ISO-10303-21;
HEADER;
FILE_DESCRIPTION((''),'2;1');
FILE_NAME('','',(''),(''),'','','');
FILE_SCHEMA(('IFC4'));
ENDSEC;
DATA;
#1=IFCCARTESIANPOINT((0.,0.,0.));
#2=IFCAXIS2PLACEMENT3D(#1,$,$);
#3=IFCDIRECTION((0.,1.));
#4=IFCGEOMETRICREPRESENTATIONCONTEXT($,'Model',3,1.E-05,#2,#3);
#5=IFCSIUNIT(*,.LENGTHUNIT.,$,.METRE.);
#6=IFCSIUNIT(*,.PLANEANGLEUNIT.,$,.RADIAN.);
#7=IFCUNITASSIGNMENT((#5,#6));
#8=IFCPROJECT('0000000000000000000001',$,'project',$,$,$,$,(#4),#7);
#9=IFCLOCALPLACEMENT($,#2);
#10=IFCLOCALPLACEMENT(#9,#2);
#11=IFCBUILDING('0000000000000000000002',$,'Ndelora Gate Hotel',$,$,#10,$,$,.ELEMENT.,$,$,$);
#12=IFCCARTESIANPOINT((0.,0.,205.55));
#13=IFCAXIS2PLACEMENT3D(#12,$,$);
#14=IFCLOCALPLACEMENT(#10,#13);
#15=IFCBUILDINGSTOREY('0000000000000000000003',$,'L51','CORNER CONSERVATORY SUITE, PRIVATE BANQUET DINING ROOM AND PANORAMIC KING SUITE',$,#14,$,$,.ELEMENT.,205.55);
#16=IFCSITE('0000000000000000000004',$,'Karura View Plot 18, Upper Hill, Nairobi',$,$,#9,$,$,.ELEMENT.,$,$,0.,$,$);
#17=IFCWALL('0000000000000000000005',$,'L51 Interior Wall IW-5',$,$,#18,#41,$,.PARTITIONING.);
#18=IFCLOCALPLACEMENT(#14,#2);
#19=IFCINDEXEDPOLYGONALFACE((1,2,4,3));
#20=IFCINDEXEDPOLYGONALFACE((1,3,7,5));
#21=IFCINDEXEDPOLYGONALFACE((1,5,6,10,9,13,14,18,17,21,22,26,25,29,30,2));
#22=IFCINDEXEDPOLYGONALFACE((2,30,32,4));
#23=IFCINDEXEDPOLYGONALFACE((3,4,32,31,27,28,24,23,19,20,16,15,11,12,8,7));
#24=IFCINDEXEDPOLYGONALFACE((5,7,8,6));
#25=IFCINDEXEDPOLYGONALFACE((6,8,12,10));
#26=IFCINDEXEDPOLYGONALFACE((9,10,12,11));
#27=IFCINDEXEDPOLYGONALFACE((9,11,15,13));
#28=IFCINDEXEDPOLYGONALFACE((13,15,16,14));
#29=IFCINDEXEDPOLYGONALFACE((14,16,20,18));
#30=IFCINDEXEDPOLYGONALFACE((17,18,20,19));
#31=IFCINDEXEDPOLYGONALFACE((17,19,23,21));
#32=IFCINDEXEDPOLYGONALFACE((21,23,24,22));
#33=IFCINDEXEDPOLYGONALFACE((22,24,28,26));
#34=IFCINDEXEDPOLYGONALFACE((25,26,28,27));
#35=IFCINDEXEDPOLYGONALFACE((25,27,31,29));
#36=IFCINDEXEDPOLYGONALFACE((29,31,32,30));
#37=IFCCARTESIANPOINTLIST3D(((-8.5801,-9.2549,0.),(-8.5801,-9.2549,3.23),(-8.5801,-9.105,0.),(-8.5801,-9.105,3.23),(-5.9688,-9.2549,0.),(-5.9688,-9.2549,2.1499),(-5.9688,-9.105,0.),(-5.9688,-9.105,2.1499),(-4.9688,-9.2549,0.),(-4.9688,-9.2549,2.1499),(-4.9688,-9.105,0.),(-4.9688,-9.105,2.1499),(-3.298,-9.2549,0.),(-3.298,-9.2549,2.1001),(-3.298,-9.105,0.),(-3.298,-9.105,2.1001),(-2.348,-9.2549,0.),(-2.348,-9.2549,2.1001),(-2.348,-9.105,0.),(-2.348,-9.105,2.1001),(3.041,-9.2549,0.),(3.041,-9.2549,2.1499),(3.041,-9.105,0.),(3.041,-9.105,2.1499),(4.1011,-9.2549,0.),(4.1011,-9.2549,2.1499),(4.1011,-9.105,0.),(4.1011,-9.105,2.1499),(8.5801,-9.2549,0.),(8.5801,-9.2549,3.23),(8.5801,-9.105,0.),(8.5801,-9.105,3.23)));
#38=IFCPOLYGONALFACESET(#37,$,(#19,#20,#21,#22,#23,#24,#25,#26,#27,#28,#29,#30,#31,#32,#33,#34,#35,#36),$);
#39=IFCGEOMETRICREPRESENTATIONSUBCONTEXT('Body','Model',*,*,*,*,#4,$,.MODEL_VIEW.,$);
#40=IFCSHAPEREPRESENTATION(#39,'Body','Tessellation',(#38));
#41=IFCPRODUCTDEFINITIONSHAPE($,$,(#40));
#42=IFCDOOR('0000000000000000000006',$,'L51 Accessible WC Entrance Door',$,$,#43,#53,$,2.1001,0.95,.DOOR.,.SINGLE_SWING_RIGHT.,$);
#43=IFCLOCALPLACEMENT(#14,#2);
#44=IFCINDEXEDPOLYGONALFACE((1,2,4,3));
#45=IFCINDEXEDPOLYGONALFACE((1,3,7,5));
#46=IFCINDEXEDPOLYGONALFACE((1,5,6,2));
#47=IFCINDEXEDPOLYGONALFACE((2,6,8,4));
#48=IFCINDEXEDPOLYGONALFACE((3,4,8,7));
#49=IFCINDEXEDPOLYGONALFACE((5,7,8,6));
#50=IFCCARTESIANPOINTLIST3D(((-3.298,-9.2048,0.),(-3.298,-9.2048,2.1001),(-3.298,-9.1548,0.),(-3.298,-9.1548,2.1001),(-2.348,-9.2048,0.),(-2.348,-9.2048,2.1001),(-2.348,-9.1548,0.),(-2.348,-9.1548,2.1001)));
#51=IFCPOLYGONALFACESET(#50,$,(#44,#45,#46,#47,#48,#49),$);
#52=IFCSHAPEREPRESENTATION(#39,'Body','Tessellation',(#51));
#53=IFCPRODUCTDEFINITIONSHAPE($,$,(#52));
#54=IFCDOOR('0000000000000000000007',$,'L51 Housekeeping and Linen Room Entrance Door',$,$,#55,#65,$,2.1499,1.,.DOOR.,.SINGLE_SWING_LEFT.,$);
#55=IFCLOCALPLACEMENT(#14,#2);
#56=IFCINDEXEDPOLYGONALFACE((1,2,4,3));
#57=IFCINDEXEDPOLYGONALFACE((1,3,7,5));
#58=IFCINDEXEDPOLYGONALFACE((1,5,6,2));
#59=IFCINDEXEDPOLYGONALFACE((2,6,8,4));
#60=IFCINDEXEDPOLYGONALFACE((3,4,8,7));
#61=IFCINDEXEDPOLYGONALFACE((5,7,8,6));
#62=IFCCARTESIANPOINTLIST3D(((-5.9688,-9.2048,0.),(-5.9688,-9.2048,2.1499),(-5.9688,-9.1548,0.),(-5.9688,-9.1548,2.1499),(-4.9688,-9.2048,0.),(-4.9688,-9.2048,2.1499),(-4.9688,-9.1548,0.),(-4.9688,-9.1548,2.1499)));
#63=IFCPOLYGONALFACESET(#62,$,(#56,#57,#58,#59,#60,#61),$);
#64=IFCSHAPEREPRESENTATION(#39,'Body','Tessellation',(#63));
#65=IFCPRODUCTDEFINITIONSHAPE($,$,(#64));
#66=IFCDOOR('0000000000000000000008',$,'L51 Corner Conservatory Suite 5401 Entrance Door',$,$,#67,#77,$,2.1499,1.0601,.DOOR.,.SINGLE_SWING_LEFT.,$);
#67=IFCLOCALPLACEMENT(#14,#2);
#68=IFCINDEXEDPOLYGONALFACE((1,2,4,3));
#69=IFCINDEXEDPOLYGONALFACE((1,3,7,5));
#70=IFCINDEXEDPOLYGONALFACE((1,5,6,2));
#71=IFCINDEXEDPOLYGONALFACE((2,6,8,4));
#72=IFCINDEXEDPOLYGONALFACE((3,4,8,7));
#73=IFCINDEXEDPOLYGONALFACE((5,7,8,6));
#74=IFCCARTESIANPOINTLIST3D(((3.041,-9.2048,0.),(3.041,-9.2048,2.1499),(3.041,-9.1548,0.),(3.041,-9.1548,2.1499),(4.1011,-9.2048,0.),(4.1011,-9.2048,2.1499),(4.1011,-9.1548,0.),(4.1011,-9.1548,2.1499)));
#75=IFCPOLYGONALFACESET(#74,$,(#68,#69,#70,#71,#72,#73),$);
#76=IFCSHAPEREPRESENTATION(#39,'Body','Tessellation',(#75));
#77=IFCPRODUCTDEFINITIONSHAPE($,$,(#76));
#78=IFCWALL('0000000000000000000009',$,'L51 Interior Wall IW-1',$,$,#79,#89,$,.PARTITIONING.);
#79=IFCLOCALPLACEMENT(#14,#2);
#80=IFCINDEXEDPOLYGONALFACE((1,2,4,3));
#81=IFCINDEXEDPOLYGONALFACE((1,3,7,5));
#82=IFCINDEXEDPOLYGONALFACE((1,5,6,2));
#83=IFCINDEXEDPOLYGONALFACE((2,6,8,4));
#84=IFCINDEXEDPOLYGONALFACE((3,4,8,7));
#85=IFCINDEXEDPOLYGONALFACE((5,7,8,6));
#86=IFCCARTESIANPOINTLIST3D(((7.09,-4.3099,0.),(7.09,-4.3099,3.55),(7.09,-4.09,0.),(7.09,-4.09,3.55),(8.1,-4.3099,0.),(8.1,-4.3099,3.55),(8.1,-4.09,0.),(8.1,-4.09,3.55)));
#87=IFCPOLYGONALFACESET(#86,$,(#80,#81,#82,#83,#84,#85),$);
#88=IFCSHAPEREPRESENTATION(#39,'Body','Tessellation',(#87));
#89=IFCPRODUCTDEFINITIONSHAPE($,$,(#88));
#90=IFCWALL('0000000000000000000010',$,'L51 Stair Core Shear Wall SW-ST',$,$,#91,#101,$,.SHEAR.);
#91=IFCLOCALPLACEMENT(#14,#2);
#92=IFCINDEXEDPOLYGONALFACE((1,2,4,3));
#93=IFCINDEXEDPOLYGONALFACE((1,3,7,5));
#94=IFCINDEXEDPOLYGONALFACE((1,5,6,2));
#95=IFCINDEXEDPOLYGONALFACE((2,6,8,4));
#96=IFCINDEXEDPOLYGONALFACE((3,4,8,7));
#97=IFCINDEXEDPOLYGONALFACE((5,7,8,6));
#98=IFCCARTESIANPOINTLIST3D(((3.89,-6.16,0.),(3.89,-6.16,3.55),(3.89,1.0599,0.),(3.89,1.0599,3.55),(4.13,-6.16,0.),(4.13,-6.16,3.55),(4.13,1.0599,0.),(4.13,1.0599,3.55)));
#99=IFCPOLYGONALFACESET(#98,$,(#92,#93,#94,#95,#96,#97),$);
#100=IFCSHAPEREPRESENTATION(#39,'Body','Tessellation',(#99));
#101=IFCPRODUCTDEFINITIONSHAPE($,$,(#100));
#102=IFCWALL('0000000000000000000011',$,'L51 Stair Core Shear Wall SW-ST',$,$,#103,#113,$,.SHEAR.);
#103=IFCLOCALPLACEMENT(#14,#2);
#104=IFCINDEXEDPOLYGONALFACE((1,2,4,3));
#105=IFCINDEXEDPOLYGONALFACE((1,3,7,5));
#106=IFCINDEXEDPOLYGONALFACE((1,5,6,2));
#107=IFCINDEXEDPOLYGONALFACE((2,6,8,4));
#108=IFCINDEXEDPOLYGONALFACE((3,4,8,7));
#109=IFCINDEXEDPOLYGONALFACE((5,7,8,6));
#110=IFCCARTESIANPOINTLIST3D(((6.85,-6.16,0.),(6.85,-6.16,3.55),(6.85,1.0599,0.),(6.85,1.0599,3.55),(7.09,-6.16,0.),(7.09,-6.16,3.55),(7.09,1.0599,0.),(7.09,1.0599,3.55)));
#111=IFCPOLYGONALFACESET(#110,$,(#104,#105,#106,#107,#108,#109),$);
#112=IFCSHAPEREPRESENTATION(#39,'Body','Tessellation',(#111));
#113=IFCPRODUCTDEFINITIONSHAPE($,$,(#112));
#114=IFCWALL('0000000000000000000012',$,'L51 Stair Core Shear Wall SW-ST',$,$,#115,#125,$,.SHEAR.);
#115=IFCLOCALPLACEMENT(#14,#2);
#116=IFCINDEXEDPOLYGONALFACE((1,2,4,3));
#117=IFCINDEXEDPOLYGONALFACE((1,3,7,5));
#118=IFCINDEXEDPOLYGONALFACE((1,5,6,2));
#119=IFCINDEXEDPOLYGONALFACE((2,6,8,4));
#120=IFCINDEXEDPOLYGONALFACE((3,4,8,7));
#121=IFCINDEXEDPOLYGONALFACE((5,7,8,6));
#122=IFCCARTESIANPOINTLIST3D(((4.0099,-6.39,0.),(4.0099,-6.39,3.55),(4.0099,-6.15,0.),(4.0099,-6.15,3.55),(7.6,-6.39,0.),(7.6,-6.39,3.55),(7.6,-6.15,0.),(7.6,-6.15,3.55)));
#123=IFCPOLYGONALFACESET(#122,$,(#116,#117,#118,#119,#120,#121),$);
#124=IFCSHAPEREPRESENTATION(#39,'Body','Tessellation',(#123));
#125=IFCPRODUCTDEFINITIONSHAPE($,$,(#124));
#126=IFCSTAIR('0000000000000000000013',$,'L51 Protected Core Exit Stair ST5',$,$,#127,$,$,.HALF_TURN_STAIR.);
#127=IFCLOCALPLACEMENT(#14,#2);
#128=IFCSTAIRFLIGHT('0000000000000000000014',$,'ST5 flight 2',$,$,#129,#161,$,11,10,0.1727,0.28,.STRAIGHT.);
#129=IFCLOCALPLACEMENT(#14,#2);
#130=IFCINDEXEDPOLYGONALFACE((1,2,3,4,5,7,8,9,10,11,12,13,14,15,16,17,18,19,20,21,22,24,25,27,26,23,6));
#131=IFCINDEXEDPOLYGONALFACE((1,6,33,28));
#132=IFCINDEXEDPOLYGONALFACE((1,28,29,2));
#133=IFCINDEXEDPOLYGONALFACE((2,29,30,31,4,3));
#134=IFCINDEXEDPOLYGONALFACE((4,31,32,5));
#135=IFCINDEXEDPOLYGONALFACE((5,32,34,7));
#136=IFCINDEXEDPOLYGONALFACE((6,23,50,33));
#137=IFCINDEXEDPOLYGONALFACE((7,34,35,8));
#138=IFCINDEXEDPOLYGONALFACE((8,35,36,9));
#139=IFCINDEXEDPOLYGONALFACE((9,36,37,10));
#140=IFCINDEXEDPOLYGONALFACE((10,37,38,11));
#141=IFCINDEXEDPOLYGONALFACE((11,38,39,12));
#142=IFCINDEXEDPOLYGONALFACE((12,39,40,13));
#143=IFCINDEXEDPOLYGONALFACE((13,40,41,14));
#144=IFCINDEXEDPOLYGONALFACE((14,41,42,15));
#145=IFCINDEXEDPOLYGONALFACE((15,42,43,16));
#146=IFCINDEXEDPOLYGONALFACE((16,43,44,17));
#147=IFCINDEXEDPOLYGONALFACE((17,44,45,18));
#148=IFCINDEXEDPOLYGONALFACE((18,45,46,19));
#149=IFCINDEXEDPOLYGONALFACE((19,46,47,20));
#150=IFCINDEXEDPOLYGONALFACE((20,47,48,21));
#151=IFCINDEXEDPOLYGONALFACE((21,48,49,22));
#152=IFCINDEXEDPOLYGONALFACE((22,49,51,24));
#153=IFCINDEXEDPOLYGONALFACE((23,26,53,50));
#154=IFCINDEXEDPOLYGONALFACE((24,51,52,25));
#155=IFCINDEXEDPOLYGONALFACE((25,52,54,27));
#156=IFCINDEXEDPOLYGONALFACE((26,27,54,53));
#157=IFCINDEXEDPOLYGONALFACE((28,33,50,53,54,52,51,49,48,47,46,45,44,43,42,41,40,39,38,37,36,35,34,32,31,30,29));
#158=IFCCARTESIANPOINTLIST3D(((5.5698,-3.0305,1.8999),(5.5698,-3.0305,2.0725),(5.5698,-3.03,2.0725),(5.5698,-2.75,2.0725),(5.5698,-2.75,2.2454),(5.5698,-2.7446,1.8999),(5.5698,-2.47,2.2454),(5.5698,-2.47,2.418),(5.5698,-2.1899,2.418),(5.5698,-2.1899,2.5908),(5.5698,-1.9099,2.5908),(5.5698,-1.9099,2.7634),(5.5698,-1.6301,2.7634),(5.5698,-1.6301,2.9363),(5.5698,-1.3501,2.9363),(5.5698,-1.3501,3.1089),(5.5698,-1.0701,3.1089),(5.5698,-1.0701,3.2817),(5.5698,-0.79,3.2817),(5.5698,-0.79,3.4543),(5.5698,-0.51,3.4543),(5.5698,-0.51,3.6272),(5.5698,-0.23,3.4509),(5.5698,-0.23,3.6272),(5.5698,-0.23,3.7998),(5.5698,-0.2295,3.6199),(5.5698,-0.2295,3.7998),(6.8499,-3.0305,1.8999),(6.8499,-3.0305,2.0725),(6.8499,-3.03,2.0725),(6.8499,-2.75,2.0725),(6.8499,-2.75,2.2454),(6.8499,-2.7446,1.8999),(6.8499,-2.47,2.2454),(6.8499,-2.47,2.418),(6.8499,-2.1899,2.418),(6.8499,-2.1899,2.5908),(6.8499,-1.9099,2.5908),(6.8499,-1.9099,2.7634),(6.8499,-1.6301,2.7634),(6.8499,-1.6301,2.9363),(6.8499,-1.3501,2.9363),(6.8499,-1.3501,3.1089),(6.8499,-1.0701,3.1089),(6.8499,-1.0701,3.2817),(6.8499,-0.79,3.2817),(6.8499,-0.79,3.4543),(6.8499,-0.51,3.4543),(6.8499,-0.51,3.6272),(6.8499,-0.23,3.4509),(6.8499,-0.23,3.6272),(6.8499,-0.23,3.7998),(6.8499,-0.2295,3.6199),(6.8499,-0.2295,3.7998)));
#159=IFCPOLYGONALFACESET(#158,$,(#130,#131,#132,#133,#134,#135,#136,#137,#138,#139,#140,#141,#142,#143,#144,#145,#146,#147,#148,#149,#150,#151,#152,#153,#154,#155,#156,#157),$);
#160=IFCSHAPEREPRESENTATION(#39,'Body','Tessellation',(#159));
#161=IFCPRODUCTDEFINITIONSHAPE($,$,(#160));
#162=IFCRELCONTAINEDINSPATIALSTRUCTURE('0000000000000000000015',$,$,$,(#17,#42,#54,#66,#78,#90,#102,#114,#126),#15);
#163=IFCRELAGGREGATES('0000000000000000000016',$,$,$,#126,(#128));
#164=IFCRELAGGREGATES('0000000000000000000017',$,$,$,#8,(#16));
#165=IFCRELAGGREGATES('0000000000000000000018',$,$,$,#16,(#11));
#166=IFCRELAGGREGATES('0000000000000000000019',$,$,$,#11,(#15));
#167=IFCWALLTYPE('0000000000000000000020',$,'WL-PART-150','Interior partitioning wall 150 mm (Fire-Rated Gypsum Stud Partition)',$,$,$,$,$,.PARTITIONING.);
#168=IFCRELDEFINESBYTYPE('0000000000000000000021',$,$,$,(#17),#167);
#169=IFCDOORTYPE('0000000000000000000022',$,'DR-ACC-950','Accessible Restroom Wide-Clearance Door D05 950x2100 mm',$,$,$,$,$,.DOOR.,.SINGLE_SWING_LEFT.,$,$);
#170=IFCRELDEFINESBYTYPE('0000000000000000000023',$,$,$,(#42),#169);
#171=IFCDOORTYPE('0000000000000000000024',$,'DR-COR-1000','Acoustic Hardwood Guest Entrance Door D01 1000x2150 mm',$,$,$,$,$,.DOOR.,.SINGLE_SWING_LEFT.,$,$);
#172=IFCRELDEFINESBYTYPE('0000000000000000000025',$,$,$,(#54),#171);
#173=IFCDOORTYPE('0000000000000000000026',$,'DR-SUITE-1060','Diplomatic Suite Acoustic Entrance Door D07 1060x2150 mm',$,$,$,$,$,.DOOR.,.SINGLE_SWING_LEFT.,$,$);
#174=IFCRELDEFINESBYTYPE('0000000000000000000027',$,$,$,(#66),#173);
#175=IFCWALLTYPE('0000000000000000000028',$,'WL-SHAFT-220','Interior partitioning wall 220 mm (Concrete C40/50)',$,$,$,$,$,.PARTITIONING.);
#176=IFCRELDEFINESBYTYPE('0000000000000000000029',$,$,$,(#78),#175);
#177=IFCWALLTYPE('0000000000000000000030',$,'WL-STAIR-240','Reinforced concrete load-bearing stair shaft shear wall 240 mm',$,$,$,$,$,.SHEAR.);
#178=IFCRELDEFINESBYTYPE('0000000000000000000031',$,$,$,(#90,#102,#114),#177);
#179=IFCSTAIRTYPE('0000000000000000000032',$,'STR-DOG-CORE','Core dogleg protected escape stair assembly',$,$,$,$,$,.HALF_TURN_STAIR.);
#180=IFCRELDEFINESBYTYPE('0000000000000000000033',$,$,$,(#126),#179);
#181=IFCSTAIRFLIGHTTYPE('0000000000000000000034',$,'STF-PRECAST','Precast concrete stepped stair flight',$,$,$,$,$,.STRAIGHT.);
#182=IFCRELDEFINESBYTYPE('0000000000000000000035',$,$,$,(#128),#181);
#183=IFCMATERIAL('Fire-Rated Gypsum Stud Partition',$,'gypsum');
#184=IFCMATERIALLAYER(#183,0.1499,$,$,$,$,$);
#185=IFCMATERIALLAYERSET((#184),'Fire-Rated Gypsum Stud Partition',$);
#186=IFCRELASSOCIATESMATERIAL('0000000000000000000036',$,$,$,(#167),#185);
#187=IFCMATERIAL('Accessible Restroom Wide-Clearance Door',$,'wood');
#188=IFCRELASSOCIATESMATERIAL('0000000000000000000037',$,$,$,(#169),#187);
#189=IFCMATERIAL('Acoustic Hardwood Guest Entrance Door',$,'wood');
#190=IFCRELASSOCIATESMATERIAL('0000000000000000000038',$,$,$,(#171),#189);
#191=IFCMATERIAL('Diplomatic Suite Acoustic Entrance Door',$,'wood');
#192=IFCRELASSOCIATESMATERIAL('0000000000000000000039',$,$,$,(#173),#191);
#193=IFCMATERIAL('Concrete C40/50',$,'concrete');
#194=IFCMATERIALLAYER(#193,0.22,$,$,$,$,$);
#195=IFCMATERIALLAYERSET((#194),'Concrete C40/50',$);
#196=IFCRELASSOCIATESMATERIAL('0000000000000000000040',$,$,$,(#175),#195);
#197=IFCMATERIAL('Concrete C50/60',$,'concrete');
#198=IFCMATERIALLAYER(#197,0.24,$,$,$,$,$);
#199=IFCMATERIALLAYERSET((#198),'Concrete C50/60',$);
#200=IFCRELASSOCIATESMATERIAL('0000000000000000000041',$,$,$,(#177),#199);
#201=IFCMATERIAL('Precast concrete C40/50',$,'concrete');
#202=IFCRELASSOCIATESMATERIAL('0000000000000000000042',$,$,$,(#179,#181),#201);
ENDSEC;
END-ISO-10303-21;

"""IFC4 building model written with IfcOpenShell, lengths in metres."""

from ifc_helpers import new_model, si_unit, direction, frame, frame_2d, origin, place, context, subcontext, project, spatial, polyline, rectangle, outline, extrude, material, layer, layer_set, type_object, element, fill, aggregate, save


model = new_model("IFC4")

# Units and contexts
model_context = context("Model", 3, precision=1e-05, world=origin(), true_north=direction((0.0, 1.0)))
body_context = subcontext(model_context, "Body", "Model", "MODEL_VIEW")
ifc_project = project(units=[si_unit("LENGTHUNIT", "METRE"), si_unit("PLANEANGLEUNIT", "RADIAN")], contexts=[model_context])

# Site, building, storey
site_placement = place(None, origin())
site = spatial("IfcSite", under=ifc_project, at=site_placement, Name="Karura View Plot 18, Upper Hill, Nairobi", CompositionType="ELEMENT", RefElevation=0.0)
building_placement = place(site_placement, origin())
building = spatial("IfcBuilding", under=site, at=building_placement, Name="Ndelora Gate Hotel", CompositionType="ELEMENT")
storey_placement = place(building_placement, frame((0.0, 0.0, 205.55)))
storey = spatial("IfcBuildingStorey", under=building, at=storey_placement, Name="L51", Description="CORNER CONSERVATORY SUITE, PRIVATE BANQUET DINING ROOM AND PANORAMIC KING SUITE", CompositionType="ELEMENT", Elevation=205.55)

# Shared definitions
ifc_material_1 = material(Name="Concrete C50/60", Category="concrete")

# Wall, openings, doors
ifc_material_2 = material(Name="Fire-Rated Gypsum Stud Partition", Category="gypsum")
ifc_layer_1 = layer(ifc_material_2, 0.1499)
ifc_layer_set_1 = layer_set([ifc_layer_1], Name="Fire-Rated Gypsum Stud Partition")
wall_type_1 = type_object("IfcWallType", Name="WL-PART-150", Description="Interior partitioning wall 150 mm (Fire-Rated Gypsum Stud Partition)", PredefinedType="PARTITIONING", material=ifc_layer_set_1)
wall_1_placement = place(storey_placement, frame((8.5801, -9.1799, 0.0), z_axis=(0.0, 0.0, 1.0), x_axis=(-1.0, 0.0, 0.0)))
wall_1 = element("IfcWall", 1, at=wall_1_placement, inside=storey, type_object=wall_type_1, Name="L51 Interior Wall IW-5", PredefinedType="PARTITIONING", context=body_context, shape_type="SweptSolid", body=[
    extrude(rectangle(XDim=17.1602, YDim=0.1499, at=frame_2d((8.5801, 0.0))), origin(), (0.0, 0.0, 1.0), 3.23),
])
opening_1_placement = place(wall_1_placement, frame((10.928, 0.0, 0.0)))
opening_1 = element("IfcOpeningElement", 2, at=opening_1_placement, cuts=wall_1, PredefinedType="OPENING", context=body_context, shape_type="SweptSolid", body=[
    extrude(rectangle(XDim=0.95, YDim=2.1001, at=frame_2d((0.4751, 1.05))), frame((0.0, 0.085, 0.0), z_axis=(0.0, -1.0, 0.0), x_axis=(1.0, 0.0, 0.0)), (0.0, 0.0, 1.0), 0.1699),
])
opening_2_placement = place(wall_1_placement, frame((13.5488, 0.0, 0.0)))
opening_2 = element("IfcOpeningElement", 3, at=opening_2_placement, cuts=wall_1, PredefinedType="OPENING", context=body_context, shape_type="SweptSolid", body=[
    extrude(rectangle(XDim=1.0, YDim=2.1499, at=frame_2d((0.5, 1.075))), frame((0.0, 0.085, 0.0), z_axis=(0.0, -1.0, 0.0), x_axis=(1.0, 0.0, 0.0)), (0.0, 0.0, 1.0), 0.1699),
])
opening_3_placement = place(wall_1_placement, frame((4.479, 0.0, 0.0)))
opening_3 = element("IfcOpeningElement", 4, at=opening_3_placement, cuts=wall_1, PredefinedType="OPENING", context=body_context, shape_type="SweptSolid", body=[
    extrude(rectangle(XDim=1.0601, YDim=2.1499, at=frame_2d((0.53, 1.075))), frame((0.0, 0.085, 0.0), z_axis=(0.0, -1.0, 0.0), x_axis=(1.0, 0.0, 0.0)), (0.0, 0.0, 1.0), 0.1699),
])
ifc_material_3 = material(Name="Accessible Restroom Wide-Clearance Door", Category="wood")
door_type_1 = type_object("IfcDoorType", Name="DR-ACC-950", Description="Accessible Restroom Wide-Clearance Door D05 950x2100 mm", OperationType="SINGLE_SWING_LEFT", PredefinedType="DOOR", material=ifc_material_3)
door_1_placement = place(opening_1_placement, origin())
door_1 = element("IfcDoor", 5, at=door_1_placement, inside=storey, type_object=door_type_1, Name="L51 Accessible WC Entrance Door", OperationType="SINGLE_SWING_RIGHT", OverallHeight=2.1001, OverallWidth=0.95, PredefinedType="DOOR", context=body_context, shape_type="SweptSolid", body=[
    extrude(rectangle(XDim=0.95, YDim=2.1001, at=frame_2d((0.4751, 1.05))), frame((0.0, 0.0249, 0.0), z_axis=(0.0, -1.0, 0.0), x_axis=(1.0, 0.0, 0.0)), (0.0, 0.0, 1.0), 0.05),
])
fill(opening_1, door_1)
ifc_material_4 = material(Name="Acoustic Hardwood Guest Entrance Door", Category="wood")
door_type_2 = type_object("IfcDoorType", Name="DR-COR-1000", Description="Acoustic Hardwood Guest Entrance Door D01 1000x2150 mm", OperationType="SINGLE_SWING_LEFT", PredefinedType="DOOR", material=ifc_material_4)
door_2_placement = place(opening_2_placement, origin())
door_2 = element("IfcDoor", 6, at=door_2_placement, inside=storey, type_object=door_type_2, Name="L51 Housekeeping and Linen Room Entrance Door", OperationType="SINGLE_SWING_LEFT", OverallHeight=2.1499, OverallWidth=1.0, PredefinedType="DOOR", context=body_context, shape_type="SweptSolid", body=[
    extrude(rectangle(XDim=1.0, YDim=2.1499, at=frame_2d((0.5, 1.075))), frame((0.0, 0.0249, 0.0), z_axis=(0.0, -1.0, 0.0), x_axis=(1.0, 0.0, 0.0)), (0.0, 0.0, 1.0), 0.05),
])
fill(opening_2, door_2)
ifc_material_5 = material(Name="Diplomatic Suite Acoustic Entrance Door", Category="wood")
door_type_3 = type_object("IfcDoorType", Name="DR-SUITE-1060", Description="Diplomatic Suite Acoustic Entrance Door D07 1060x2150 mm", OperationType="SINGLE_SWING_LEFT", PredefinedType="DOOR", material=ifc_material_5)
door_3_placement = place(opening_3_placement, origin())
door_3 = element("IfcDoor", 7, at=door_3_placement, inside=storey, type_object=door_type_3, Name="L51 Corner Conservatory Suite 5401 Entrance Door", OperationType="SINGLE_SWING_LEFT", OverallHeight=2.1499, OverallWidth=1.0601, PredefinedType="DOOR", context=body_context, shape_type="SweptSolid", body=[
    extrude(rectangle(XDim=1.0601, YDim=2.1499, at=frame_2d((0.53, 1.075))), frame((0.0, 0.0249, 0.0), z_axis=(0.0, -1.0, 0.0), x_axis=(1.0, 0.0, 0.0)), (0.0, 0.0, 1.0), 0.05),
])
fill(opening_3, door_3)

# Walls
ifc_material_6 = material(Name="Concrete C40/50", Category="concrete")
ifc_layer_2 = layer(ifc_material_6, 0.22)
ifc_layer_set_2 = layer_set([ifc_layer_2], Name="Concrete C40/50")
wall_type_2 = type_object("IfcWallType", Name="WL-SHAFT-220", Description="Interior partitioning wall 220 mm (Concrete C40/50)", PredefinedType="PARTITIONING", material=ifc_layer_set_2)
wall_2_placement = place(storey_placement, frame((7.0901, -4.2, 0.0), z_axis=(0.0, 0.0, 1.0), x_axis=(1.0, 0.0, 0.0)))
element("IfcWall", 8, at=wall_2_placement, inside=storey, type_object=wall_type_2, Name="L51 Interior Wall IW-1", PredefinedType="PARTITIONING", context=body_context, shape_type="SweptSolid", body=[
    extrude(rectangle(XDim=1.01, YDim=0.22, at=frame_2d((0.5049, 0.0))), origin(), (0.0, 0.0, 1.0), 3.55),
])
ifc_layer_3 = layer(ifc_material_1, 0.24)
ifc_layer_set_3 = layer_set([ifc_layer_3], Name="Concrete C50/60")
wall_type_3 = type_object("IfcWallType", Name="WL-STAIR-240", Description="Reinforced concrete load-bearing stair shaft shear wall 240 mm", PredefinedType="SHEAR", material=ifc_layer_set_3)
for number, where, z_axis, x_axis, name in (
    (9, (4.01, -6.1599, 0.0), (0.0, 0.0, 1.0), (0.0, 1.0, 0.0), "L51 Stair Core Shear Wall SW-ST"),
    (10, (6.97, -6.1599, 0.0), (0.0, 0.0, 1.0), (0.0, 1.0, 0.0), "L51 Stair Core Shear Wall SW-ST"),
):
    element("IfcWall", number, at=place(storey_placement, frame(where, z_axis=z_axis, x_axis=x_axis)), inside=storey, type_object=wall_type_3, Name=name, PredefinedType="SHEAR", context=body_context, shape_type="SweptSolid", body=[
        extrude(rectangle(XDim=7.22, YDim=0.24, at=frame_2d((3.6099, 0.0))), origin(), (0.0, 0.0, 1.0), 3.55),
    ])
wall_3_placement = place(storey_placement, frame((4.01, -6.27, 0.0), z_axis=(0.0, 0.0, 1.0), x_axis=(1.0, 0.0, 0.0)))
element("IfcWall", 11, at=wall_3_placement, inside=storey, type_object=wall_type_3, Name="L51 Stair Core Shear Wall SW-ST", PredefinedType="SHEAR", context=body_context, shape_type="SweptSolid", body=[
    extrude(rectangle(XDim=3.5901, YDim=0.24, at=frame_2d((1.7949, 0.0))), origin(), (0.0, 0.0, 1.0), 3.55),
])

# Stair, stair flight
ifc_material_7 = material(Name="Precast concrete C40/50", Category="concrete")
stair_type = type_object("IfcStairType", Name="STR-DOG-CORE", Description="Core dogleg protected escape stair assembly", PredefinedType="HALF_TURN_STAIR", material=ifc_material_7)
stair_placement = place(storey_placement, origin())
stair = element("IfcStair", 12, at=stair_placement, inside=storey, type_object=stair_type, Name="L51 Protected Core Exit Stair ST5", PredefinedType="HALF_TURN_STAIR")
stair_flight_type = type_object("IfcStairFlightType", Name="STF-PRECAST", Description="Precast concrete stepped stair flight", PredefinedType="STRAIGHT", material=ifc_material_7)
stair_flight_placement = place(storey_placement, frame((6.21, -3.03, 1.8999), z_axis=(0.0, 0.0, 1.0), x_axis=(0.0, 1.0, 0.0)))
stair_flight = element("IfcStairFlight", 13, at=stair_flight_placement, type_object=stair_flight_type, Name="ST5 flight 2", NumberOfRisers=11, NumberOfTreads=10, PredefinedType="STRAIGHT", RiserHeight=0.1727, TreadLength=0.28, context=body_context, shape_type="SweptSolid", body=[
    extrude(outline(polyline([(-0.0005, 0.0), (-0.0005, 0.1726), (0.0, 0.1726), (0.28, 0.1726), (0.28, 0.3455), (0.5601, 0.3455), (0.5601, 0.5181), (0.8401, 0.5181), (0.8401, 0.6909), (1.1201, 0.6909), (1.1201, 0.8635), (1.3999, 0.8635), (1.3999, 1.0364), (1.6799, 1.0364), (1.6799, 1.209), (1.96, 1.209), (1.96, 1.3818), (2.24, 1.3818), (2.24, 1.5544), (2.52, 1.5544), (2.52, 1.7273), (2.8, 1.7273), (2.8, 1.8999), (2.8005, 1.8999), (2.8005, 1.72), (2.8, 1.551), (0.2854, 0.0), (-0.0005, 0.0)])), frame((0.0, 0.6401, 0.0), z_axis=(0.0, -1.0, 0.0), x_axis=(1.0, 0.0, 0.0)), (0.0, 0.0, 1.0), 1.28),
])
aggregate(stair, [stair_flight])

save(model, "model.ifc")
